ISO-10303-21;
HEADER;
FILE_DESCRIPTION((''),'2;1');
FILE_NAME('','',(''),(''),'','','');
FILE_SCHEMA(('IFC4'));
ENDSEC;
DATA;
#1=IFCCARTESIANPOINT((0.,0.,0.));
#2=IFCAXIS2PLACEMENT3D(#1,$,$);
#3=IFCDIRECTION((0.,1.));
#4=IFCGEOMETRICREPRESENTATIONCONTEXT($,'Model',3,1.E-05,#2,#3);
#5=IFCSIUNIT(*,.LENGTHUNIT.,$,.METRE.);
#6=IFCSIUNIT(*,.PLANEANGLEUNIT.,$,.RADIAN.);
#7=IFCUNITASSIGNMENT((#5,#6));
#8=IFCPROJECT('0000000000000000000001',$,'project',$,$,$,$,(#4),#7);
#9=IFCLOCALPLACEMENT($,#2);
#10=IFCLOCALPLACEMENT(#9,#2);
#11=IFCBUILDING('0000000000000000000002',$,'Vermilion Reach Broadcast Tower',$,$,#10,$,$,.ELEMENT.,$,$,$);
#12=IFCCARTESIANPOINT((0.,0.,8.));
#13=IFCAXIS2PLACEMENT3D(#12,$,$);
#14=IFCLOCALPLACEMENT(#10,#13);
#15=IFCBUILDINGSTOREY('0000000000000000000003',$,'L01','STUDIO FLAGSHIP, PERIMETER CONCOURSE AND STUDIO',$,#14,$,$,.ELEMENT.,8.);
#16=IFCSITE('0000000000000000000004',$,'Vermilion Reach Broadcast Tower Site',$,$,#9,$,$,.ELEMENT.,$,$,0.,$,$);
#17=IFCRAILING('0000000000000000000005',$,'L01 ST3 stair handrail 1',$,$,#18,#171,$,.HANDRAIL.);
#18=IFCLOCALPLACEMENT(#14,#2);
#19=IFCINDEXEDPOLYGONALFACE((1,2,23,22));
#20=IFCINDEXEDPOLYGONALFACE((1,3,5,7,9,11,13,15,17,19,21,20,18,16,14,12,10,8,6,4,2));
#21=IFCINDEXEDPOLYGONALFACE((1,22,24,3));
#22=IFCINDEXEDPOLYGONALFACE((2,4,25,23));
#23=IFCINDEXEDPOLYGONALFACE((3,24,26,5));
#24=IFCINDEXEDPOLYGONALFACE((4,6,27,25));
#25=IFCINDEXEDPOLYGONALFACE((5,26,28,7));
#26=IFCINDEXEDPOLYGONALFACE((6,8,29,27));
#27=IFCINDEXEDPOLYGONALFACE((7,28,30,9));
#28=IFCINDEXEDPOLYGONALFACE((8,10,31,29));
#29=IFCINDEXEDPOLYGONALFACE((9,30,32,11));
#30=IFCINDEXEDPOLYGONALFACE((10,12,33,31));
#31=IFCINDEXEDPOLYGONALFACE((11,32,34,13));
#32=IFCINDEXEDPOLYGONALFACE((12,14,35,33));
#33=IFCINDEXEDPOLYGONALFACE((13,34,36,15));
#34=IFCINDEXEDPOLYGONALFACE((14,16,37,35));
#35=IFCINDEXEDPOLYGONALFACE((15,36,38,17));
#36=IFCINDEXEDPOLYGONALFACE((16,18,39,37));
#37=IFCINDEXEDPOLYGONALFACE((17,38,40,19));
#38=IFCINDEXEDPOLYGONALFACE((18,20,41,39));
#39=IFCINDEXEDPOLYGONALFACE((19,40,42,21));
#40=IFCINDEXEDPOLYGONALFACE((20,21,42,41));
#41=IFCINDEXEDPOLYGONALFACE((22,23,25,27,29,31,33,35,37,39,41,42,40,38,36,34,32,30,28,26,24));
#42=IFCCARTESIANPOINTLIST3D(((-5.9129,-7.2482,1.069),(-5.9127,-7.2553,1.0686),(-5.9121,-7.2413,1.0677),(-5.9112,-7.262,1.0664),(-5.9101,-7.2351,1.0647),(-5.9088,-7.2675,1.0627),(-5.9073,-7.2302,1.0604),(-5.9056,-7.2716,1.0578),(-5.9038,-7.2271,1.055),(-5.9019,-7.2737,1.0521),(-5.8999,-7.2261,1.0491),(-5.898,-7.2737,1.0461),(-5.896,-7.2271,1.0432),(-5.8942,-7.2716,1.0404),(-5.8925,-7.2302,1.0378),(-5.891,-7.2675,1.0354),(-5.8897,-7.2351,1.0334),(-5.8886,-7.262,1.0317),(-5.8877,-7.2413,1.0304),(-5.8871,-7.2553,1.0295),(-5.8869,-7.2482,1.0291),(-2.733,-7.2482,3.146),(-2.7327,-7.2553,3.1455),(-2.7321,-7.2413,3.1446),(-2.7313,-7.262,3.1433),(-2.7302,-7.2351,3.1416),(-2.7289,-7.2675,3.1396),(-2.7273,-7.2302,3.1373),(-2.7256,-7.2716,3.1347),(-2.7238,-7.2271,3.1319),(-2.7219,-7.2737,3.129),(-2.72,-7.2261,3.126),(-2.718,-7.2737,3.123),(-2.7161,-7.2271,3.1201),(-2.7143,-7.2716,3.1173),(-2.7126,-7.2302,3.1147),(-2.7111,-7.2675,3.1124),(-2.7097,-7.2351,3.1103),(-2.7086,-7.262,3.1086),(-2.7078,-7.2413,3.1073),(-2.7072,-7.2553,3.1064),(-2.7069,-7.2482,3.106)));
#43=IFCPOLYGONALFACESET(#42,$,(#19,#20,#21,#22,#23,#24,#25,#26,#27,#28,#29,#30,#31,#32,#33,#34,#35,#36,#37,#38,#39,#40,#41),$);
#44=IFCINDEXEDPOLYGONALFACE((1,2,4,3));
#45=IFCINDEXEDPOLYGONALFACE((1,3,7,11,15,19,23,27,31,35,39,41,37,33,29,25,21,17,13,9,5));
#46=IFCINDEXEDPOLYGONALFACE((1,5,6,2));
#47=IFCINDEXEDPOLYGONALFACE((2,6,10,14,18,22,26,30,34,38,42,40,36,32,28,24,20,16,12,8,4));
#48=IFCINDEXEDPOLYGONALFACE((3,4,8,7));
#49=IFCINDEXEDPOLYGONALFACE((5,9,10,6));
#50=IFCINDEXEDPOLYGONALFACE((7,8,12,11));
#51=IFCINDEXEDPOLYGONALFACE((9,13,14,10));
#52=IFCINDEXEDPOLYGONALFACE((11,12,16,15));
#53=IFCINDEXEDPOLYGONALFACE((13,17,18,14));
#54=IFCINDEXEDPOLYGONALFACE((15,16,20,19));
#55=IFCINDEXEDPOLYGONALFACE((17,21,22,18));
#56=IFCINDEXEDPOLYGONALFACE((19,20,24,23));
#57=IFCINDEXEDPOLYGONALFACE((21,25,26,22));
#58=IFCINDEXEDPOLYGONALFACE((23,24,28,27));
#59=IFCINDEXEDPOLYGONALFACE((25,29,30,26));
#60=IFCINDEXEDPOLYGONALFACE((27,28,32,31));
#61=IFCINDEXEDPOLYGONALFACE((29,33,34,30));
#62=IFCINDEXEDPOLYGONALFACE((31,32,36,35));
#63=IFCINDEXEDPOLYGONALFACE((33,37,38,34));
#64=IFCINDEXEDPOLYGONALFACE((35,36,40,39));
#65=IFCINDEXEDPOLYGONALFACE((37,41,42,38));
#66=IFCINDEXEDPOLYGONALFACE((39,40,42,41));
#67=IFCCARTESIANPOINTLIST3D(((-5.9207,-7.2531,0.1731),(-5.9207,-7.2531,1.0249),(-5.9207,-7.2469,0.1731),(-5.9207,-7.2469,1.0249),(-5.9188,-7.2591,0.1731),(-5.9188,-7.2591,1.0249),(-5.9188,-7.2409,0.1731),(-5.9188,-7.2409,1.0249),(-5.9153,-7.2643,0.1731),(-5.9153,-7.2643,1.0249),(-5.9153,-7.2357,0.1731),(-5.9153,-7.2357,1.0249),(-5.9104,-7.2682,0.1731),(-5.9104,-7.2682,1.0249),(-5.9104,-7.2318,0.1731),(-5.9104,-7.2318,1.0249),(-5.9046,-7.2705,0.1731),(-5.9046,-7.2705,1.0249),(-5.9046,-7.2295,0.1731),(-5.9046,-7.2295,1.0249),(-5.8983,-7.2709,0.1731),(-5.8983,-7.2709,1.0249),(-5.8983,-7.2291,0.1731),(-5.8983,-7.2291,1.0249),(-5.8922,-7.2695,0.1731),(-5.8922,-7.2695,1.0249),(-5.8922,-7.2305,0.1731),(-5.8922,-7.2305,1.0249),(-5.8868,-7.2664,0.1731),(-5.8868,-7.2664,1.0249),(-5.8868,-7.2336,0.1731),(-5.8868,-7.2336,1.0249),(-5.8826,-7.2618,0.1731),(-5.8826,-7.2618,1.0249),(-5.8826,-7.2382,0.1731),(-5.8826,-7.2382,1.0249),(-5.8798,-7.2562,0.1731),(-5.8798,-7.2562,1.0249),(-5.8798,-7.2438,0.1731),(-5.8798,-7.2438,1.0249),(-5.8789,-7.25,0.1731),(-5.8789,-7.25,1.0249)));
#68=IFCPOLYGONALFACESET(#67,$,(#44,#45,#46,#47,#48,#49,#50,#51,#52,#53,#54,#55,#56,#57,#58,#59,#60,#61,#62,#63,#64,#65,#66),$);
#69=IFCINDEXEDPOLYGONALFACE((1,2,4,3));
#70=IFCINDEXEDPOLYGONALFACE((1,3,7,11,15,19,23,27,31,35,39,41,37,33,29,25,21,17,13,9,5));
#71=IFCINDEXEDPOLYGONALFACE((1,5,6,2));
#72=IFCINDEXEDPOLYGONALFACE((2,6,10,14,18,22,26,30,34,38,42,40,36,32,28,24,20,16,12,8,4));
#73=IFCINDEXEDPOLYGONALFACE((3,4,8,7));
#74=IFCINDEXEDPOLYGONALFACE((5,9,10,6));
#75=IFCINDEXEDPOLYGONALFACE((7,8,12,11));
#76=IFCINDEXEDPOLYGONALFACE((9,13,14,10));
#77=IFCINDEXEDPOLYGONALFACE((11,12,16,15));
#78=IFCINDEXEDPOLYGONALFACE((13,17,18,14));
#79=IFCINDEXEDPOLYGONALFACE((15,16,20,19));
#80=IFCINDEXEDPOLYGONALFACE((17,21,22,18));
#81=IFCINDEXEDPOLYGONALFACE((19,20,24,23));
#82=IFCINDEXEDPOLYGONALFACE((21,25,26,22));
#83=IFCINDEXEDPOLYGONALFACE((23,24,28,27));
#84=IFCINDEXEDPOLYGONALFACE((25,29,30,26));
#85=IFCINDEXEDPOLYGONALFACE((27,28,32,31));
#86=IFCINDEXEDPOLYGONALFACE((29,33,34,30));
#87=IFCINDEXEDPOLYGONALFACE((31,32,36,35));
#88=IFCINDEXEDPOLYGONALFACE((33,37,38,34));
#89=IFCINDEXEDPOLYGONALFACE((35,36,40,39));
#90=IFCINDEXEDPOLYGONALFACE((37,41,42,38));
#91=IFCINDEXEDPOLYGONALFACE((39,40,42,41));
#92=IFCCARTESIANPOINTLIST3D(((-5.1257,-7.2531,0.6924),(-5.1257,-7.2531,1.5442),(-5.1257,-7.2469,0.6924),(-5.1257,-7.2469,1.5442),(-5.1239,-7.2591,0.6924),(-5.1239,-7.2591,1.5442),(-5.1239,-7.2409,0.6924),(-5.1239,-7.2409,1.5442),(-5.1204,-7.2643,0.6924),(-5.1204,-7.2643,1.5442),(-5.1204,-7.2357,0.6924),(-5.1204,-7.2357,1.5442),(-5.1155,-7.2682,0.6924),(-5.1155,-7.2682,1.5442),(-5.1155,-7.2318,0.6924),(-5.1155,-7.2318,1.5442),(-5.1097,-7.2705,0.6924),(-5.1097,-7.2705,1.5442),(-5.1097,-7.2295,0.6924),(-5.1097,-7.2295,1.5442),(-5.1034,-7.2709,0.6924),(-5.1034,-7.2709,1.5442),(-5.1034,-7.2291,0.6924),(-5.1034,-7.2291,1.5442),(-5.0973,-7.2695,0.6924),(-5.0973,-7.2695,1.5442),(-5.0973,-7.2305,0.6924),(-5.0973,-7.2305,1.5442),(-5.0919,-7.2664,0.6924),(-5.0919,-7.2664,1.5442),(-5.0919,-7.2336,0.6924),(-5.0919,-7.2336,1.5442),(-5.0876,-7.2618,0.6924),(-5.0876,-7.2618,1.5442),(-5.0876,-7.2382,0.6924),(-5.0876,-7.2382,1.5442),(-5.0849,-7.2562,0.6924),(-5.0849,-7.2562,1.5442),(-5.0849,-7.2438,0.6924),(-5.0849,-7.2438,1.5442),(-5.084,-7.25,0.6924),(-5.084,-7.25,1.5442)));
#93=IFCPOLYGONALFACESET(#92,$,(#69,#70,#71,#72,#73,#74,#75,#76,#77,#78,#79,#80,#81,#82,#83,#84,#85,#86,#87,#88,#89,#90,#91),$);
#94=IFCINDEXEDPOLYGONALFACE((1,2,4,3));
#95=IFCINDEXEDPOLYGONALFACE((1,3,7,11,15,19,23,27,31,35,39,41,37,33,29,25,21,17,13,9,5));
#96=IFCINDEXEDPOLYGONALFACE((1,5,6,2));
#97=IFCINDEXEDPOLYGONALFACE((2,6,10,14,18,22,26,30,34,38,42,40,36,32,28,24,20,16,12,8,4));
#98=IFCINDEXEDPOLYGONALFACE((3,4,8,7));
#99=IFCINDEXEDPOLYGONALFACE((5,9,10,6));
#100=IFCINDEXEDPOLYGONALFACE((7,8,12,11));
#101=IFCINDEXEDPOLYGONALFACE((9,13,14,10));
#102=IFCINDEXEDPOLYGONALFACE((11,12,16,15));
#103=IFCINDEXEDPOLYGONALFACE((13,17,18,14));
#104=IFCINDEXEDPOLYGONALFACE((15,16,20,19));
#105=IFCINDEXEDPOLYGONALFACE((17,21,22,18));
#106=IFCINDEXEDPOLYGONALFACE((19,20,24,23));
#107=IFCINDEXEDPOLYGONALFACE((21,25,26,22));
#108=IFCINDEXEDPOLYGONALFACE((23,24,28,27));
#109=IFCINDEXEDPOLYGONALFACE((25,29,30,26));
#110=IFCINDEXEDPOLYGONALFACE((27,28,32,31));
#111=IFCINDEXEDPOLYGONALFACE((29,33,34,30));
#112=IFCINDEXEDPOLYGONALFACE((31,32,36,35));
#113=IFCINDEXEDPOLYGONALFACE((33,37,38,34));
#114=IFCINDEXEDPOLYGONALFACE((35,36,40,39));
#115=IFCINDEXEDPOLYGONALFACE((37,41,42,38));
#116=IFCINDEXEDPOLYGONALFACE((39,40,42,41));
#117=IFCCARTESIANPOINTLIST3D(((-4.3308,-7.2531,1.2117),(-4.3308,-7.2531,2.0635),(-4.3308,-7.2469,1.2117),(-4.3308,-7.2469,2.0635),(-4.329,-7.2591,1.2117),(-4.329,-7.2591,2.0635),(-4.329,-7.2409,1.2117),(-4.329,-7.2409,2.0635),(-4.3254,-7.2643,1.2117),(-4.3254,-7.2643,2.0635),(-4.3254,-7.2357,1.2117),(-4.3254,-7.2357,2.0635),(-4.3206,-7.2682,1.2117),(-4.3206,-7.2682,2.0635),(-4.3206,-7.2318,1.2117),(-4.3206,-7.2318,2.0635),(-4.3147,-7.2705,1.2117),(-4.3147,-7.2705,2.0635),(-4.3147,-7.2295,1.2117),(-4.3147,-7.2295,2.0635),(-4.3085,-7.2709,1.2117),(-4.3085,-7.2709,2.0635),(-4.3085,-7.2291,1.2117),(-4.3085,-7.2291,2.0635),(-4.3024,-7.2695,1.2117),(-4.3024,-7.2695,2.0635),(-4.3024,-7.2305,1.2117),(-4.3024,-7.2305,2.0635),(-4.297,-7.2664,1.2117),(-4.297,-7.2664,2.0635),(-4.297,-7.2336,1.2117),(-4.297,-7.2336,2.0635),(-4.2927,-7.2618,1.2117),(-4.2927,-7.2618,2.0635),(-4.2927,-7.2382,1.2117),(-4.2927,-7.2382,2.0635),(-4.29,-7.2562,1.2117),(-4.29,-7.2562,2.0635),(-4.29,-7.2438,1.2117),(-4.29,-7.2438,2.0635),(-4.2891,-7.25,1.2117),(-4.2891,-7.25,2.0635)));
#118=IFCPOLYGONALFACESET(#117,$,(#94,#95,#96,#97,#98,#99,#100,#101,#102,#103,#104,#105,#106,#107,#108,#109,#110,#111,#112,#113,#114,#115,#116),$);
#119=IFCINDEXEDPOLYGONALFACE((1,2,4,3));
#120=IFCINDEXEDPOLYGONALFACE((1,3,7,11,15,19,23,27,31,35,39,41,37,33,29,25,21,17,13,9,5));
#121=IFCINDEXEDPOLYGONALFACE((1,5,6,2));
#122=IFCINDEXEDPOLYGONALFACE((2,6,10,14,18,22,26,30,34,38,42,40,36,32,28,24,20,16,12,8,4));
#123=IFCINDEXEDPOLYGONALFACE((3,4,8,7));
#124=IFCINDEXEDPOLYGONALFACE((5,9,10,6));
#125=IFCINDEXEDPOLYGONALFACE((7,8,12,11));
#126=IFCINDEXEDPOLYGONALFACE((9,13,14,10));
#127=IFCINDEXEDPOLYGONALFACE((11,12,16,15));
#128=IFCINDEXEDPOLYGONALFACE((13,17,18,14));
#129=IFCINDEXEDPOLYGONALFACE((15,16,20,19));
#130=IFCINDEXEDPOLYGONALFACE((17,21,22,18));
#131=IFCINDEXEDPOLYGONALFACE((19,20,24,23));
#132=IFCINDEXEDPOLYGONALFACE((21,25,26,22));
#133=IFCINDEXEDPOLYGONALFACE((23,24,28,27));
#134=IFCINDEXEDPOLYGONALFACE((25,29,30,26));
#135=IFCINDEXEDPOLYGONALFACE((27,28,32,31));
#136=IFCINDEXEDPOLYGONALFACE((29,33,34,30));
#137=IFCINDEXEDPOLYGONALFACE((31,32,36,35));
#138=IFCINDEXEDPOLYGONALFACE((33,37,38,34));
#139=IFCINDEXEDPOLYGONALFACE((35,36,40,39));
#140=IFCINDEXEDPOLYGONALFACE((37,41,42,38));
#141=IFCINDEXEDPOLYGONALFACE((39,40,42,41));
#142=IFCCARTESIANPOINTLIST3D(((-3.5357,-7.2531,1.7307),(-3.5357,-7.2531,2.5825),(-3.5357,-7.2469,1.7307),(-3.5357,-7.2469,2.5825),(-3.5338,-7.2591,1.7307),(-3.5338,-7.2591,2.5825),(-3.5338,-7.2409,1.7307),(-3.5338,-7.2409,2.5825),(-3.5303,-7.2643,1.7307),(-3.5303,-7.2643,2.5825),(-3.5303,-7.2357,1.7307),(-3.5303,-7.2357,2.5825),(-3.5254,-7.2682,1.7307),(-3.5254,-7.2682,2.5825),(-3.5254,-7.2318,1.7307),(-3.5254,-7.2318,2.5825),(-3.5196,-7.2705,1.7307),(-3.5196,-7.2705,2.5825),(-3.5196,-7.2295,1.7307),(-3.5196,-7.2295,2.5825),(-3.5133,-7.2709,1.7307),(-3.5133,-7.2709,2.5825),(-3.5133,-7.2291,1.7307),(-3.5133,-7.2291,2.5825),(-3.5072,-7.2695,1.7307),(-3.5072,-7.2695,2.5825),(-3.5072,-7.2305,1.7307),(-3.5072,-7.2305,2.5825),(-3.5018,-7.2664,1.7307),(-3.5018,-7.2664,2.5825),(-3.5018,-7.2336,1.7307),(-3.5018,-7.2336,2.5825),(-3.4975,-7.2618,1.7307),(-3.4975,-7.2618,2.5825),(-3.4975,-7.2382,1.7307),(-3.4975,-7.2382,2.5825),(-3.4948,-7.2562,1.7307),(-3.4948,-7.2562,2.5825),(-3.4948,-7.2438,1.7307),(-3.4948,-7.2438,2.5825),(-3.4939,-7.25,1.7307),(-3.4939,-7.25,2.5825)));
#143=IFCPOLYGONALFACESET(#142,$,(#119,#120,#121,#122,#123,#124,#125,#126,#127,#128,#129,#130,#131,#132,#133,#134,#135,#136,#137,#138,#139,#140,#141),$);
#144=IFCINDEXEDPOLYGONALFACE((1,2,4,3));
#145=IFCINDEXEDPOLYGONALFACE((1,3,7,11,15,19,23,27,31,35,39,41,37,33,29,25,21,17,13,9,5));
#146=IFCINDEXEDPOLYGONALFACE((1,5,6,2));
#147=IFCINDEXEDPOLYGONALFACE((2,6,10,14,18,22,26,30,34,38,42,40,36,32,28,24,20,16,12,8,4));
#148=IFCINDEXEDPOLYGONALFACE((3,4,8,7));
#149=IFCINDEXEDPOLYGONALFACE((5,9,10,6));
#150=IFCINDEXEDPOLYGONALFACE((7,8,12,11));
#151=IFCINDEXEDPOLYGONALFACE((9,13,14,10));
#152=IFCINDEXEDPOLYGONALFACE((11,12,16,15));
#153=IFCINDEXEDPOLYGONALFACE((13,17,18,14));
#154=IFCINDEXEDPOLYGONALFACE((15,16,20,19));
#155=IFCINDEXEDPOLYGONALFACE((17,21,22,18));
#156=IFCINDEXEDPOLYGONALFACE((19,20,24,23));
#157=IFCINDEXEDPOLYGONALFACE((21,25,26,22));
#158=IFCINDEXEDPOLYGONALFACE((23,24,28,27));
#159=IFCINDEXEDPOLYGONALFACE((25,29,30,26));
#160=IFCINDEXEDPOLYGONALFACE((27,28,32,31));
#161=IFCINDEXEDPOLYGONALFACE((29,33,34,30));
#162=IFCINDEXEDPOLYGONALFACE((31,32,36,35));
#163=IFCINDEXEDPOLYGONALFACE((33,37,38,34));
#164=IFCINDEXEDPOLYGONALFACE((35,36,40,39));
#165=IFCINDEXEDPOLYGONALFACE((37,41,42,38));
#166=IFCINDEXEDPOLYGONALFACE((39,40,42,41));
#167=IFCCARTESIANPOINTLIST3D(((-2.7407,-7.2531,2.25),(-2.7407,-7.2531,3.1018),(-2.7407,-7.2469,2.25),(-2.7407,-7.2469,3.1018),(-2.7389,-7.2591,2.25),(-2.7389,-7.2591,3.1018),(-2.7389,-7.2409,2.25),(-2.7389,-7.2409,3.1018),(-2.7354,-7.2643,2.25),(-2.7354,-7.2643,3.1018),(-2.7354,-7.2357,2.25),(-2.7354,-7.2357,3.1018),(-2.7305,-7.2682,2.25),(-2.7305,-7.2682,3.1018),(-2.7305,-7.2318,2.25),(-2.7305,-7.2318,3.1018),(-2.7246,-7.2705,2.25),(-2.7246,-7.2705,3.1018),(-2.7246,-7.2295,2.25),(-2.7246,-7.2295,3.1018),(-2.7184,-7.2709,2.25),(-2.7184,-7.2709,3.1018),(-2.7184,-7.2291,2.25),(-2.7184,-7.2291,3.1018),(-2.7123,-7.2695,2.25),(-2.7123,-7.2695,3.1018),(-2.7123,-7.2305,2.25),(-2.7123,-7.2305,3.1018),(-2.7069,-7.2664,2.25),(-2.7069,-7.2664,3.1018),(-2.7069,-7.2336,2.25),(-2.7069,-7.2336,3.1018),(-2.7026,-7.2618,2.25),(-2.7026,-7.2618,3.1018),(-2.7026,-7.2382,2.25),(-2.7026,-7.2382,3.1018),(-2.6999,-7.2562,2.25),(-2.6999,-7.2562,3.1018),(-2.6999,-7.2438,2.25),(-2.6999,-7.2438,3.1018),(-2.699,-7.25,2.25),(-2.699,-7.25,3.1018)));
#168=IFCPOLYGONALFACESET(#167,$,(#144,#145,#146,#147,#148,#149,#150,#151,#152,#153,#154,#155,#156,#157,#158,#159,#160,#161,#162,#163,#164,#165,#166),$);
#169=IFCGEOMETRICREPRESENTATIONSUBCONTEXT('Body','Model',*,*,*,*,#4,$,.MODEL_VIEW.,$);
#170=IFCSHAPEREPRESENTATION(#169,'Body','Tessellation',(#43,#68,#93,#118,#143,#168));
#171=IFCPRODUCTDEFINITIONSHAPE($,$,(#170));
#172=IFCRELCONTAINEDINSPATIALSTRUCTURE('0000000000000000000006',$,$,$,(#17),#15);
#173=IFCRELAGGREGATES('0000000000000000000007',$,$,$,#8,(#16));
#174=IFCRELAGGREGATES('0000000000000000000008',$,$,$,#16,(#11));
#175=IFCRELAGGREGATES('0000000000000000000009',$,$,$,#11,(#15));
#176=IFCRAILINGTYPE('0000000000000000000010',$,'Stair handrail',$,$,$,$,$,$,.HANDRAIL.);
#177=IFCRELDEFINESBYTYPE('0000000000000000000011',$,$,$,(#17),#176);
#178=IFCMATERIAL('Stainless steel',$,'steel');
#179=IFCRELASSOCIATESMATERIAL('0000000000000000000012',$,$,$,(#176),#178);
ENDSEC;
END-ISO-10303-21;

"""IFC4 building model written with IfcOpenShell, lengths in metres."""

from ifc_helpers import new_model, si_unit, direction, frame, origin, origin_2d, place, context, subcontext, project, spatial, circle, extrude, material, type_object, element, save


model = new_model("IFC4")

# Units and contexts
model_context = context("Model", 3, precision=1e-05, world=origin(), true_north=direction((0.0, 1.0)))
body_context = subcontext(model_context, "Body", "Model", "MODEL_VIEW")
ifc_project = project(units=[si_unit("LENGTHUNIT", "METRE"), si_unit("PLANEANGLEUNIT", "RADIAN")], contexts=[model_context])

# Site, building, storey
site_placement = place(None, origin())
site = spatial("IfcSite", under=ifc_project, at=site_placement, Name="Vermilion Reach Broadcast Tower Site", CompositionType="ELEMENT", RefElevation=0.0)
building_placement = place(site_placement, origin())
building = spatial("IfcBuilding", under=site, at=building_placement, Name="Vermilion Reach Broadcast Tower", CompositionType="ELEMENT")
storey_placement = place(building_placement, frame((0.0, 0.0, 8.0)))
storey = spatial("IfcBuildingStorey", under=building, at=storey_placement, Name="L01", Description="STUDIO FLAGSHIP, PERIMETER CONCOURSE AND STUDIO", CompositionType="ELEMENT", Elevation=8.0)

# Railing
ifc_material_1 = material(Name="Stainless steel", Category="steel")
railing_type_1 = type_object("IfcRailingType", Name="Stair handrail", PredefinedType="HANDRAIL", material=ifc_material_1)
railing_placement = place(storey_placement, frame((-5.8999, -7.25, 0.1731)))
element("IfcRailing", 1, at=railing_placement, inside=storey, type_object=railing_type_1, Name="L01 ST3 stair handrail 1", PredefinedType="HANDRAIL", context=body_context, shape_type="SweptSolid", body=[
    extrude(circle(Radius=0.0239, at=origin_2d()), frame((0.0, 0.0, 0.876), z_axis=(0.837245, 0.0, 0.546828), x_axis=(0.0, 1.0, 0.0)), (0.0, 0.0, 1.0), 3.7981),
    extrude(circle(Radius=0.021, at=origin_2d()), origin(), (0.0, 0.0, 1.0), 0.8518),
    extrude(circle(Radius=0.021, at=origin_2d()), frame((0.7949, 0.0, 0.5193)), (0.0, 0.0, 1.0), 0.8518),
    extrude(circle(Radius=0.021, at=origin_2d()), frame((1.5898, 0.0, 1.0386)), (0.0, 0.0, 1.0), 0.8518),
    extrude(circle(Radius=0.021, at=origin_2d()), frame((2.385, 0.0, 1.5576)), (0.0, 0.0, 1.0), 0.8518),
    extrude(circle(Radius=0.021, at=origin_2d()), frame((3.1799, 0.0, 2.0769)), (0.0, 0.0, 1.0), 0.8518),
])

save(model, "model.ifc")
